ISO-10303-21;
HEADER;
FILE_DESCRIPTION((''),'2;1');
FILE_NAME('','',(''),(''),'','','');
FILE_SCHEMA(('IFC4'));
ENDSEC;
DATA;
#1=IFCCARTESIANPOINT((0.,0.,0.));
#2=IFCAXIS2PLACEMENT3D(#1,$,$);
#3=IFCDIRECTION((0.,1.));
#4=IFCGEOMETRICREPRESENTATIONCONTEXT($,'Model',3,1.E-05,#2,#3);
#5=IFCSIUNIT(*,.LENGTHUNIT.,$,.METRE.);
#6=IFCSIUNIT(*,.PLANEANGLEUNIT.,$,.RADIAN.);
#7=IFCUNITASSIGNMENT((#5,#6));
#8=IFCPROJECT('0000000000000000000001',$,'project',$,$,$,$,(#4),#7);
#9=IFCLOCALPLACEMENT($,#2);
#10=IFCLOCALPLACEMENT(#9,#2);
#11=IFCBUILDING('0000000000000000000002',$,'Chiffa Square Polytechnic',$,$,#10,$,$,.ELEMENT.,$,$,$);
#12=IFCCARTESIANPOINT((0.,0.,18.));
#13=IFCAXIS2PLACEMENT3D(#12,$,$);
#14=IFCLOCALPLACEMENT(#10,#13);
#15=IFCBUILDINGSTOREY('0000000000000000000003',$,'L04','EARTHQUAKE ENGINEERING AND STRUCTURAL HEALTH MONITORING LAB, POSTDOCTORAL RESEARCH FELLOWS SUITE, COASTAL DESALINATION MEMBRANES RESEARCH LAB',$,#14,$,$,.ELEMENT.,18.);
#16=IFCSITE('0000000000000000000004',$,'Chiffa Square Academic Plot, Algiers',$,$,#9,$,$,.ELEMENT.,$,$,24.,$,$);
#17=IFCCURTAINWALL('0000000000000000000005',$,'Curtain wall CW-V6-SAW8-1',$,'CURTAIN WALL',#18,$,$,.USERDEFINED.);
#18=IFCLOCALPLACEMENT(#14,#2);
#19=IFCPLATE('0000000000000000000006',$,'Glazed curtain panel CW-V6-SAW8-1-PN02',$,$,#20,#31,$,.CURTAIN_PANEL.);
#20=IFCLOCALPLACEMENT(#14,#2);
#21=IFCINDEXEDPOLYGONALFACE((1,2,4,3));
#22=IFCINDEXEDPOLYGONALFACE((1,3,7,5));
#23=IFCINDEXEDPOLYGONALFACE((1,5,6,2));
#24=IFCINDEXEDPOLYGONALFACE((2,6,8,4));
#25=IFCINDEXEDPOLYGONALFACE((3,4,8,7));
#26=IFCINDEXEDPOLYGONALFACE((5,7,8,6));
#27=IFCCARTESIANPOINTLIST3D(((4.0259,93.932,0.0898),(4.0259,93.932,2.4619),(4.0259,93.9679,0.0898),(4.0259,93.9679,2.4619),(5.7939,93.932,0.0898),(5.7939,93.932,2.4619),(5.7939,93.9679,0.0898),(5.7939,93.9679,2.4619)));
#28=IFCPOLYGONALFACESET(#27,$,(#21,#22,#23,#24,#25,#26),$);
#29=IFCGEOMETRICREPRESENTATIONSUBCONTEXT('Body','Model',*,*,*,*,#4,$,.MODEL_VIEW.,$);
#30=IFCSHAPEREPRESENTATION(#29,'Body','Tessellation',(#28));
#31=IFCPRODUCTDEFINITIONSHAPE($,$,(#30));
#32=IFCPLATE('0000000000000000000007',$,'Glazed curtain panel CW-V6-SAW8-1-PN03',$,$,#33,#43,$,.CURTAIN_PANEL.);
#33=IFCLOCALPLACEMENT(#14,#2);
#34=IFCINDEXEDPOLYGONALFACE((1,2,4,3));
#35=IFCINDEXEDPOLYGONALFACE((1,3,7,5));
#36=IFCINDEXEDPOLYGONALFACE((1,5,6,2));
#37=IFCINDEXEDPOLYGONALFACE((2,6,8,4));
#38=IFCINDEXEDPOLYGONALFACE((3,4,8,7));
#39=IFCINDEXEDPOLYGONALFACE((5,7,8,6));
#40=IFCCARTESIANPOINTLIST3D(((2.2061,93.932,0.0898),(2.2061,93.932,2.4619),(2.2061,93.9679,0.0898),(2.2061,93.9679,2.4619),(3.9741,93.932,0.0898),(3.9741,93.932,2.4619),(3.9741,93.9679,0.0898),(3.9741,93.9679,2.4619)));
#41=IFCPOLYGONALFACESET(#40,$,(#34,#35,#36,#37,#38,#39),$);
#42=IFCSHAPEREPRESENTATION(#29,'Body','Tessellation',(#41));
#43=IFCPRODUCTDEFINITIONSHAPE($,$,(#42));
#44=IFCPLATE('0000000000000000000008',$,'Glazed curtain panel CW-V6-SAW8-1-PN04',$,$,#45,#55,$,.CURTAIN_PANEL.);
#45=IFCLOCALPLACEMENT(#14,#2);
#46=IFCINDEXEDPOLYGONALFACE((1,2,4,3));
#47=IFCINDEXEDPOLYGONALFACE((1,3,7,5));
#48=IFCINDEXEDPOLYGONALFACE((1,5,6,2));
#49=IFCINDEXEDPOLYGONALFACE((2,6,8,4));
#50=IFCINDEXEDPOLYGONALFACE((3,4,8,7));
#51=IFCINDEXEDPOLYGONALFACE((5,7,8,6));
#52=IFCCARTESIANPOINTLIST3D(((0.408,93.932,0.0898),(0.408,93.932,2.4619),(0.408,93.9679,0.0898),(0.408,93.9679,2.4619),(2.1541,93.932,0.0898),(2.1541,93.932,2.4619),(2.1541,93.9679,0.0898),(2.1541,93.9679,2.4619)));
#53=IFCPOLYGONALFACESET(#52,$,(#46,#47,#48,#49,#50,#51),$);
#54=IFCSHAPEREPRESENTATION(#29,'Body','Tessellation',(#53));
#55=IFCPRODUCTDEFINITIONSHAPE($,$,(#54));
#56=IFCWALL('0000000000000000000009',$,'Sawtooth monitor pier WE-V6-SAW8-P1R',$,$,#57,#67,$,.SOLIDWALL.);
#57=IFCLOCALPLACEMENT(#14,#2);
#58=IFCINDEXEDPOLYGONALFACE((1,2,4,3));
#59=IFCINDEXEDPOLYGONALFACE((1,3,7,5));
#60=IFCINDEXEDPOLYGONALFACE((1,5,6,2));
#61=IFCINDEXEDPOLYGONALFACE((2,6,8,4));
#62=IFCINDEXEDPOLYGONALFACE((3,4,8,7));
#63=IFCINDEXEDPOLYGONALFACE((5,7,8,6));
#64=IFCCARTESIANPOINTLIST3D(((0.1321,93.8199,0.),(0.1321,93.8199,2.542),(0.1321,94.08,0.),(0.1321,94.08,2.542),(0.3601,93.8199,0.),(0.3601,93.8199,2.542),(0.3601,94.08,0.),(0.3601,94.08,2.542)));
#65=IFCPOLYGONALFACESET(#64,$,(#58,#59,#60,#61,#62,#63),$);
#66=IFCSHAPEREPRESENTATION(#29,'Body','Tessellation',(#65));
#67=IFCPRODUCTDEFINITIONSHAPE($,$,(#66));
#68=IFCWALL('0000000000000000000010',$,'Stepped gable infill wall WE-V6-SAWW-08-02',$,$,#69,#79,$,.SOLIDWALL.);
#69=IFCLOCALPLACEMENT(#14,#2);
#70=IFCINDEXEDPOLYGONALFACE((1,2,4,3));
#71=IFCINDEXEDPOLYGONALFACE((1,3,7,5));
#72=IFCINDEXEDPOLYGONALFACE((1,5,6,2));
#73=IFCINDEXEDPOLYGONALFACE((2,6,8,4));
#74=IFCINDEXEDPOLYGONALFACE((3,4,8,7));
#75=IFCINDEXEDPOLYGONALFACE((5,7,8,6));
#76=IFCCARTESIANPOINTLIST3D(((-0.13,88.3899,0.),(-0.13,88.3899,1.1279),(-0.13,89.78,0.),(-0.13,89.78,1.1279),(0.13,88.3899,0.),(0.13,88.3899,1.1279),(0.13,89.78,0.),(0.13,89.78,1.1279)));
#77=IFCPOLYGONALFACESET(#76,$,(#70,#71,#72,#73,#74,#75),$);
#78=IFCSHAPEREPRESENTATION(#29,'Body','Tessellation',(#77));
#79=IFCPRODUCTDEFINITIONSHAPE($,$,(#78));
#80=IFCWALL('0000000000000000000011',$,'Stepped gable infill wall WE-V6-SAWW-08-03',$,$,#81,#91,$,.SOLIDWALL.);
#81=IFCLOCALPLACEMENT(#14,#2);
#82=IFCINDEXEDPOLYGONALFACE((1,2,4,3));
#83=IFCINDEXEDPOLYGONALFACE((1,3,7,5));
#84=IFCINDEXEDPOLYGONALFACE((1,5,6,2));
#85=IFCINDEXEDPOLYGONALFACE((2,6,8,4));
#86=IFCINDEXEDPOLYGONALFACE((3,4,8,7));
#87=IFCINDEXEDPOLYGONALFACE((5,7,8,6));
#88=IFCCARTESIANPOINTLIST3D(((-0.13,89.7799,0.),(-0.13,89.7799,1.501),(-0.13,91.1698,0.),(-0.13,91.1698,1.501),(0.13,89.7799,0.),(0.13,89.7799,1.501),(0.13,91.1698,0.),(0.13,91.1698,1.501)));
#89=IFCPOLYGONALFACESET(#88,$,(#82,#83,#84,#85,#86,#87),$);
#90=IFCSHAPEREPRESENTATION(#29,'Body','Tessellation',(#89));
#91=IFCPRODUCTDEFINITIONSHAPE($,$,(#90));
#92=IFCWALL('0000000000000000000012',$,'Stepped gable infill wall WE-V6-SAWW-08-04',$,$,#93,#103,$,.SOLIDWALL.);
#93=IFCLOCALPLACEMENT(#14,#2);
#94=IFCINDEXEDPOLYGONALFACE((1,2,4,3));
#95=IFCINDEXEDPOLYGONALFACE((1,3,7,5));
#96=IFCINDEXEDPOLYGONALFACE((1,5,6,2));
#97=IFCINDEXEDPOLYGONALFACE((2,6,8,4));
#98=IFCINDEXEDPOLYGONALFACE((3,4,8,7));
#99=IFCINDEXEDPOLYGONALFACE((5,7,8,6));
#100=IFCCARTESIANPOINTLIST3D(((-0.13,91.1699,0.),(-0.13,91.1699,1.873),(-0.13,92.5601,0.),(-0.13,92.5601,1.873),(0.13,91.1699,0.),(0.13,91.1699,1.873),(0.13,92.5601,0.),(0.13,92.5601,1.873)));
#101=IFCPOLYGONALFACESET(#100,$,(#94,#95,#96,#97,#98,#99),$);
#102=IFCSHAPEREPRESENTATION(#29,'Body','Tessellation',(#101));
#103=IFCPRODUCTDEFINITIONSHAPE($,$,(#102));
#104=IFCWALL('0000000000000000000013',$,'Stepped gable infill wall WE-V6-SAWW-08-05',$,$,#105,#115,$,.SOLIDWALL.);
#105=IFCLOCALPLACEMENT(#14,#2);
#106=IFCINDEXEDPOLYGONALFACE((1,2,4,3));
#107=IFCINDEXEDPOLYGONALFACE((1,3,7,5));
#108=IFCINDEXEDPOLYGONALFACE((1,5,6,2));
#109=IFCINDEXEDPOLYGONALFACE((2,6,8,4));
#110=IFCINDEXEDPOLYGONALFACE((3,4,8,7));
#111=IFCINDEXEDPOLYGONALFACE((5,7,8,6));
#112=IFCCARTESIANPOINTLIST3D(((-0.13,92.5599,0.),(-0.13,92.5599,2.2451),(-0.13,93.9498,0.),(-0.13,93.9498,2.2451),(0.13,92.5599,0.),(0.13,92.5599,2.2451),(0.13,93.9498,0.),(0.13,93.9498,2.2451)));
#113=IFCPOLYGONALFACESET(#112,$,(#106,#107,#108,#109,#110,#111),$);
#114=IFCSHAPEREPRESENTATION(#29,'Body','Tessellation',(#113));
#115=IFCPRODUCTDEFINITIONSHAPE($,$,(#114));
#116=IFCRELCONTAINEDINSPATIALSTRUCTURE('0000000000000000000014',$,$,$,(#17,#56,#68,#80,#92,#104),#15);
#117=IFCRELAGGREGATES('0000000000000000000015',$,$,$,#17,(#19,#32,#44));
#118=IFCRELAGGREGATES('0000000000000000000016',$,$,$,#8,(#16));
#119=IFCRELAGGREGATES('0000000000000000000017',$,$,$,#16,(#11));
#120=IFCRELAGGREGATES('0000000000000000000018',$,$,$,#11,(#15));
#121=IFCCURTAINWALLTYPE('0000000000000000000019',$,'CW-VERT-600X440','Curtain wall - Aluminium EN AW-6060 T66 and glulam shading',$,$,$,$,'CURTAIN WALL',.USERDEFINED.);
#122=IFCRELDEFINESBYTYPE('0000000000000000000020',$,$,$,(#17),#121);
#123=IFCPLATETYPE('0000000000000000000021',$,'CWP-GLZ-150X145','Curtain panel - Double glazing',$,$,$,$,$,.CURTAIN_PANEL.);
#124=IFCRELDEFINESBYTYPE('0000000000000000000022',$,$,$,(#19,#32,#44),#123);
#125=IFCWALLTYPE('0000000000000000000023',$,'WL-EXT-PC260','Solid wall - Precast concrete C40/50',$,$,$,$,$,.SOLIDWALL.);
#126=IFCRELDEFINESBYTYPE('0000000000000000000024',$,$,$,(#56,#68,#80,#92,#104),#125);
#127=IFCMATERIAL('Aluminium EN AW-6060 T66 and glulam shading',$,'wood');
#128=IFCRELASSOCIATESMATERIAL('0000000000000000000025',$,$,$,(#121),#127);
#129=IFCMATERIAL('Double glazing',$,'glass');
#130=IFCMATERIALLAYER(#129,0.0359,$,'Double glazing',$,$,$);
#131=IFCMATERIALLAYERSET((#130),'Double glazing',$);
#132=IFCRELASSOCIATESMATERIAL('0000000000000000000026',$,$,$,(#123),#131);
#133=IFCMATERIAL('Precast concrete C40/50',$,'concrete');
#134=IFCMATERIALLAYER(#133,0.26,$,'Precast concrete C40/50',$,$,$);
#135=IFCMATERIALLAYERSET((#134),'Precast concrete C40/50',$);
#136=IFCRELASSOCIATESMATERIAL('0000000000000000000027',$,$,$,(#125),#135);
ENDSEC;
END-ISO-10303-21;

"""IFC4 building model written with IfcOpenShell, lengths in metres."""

from ifc_helpers import new_model, si_unit, direction, frame, frame_2d, origin, origin_2d, place, context, subcontext, project, spatial, rectangle, extrude, material, layer, layer_set, type_object, element, aggregate, save


model = new_model("IFC4")

# Units and contexts
model_context = context("Model", 3, precision=1e-05, world=origin(), true_north=direction((0.0, 1.0)))
body_context = subcontext(model_context, "Body", "Model", "MODEL_VIEW")
ifc_project = project(units=[si_unit("LENGTHUNIT", "METRE"), si_unit("PLANEANGLEUNIT", "RADIAN")], contexts=[model_context])

# Site, building, storey
site_placement = place(None, origin())
site = spatial("IfcSite", under=ifc_project, at=site_placement, Name="Chiffa Square Academic Plot, Algiers", CompositionType="ELEMENT", RefElevation=24.0)
building_placement = place(site_placement, origin())
building = spatial("IfcBuilding", under=site, at=building_placement, Name="Chiffa Square Polytechnic", CompositionType="ELEMENT")
storey_placement = place(building_placement, frame((0.0, 0.0, 18.0)))
storey = spatial("IfcBuildingStorey", under=building, at=storey_placement, Name="L04", Description="EARTHQUAKE ENGINEERING AND STRUCTURAL HEALTH MONITORING LAB, POSTDOCTORAL RESEARCH FELLOWS SUITE, COASTAL DESALINATION MEMBRANES RESEARCH LAB", CompositionType="ELEMENT", Elevation=18.0)

# Curtain wall
ifc_material_1 = material(Name="Aluminium EN AW-6060 T66 and glulam shading", Category="wood")
curtain_wall_type_1 = type_object("IfcCurtainWallType", Name="CW-VERT-600X440", Description="Curtain wall - Aluminium EN AW-6060 T66 and glulam shading", ElementType="CURTAIN WALL", PredefinedType="USERDEFINED", material=ifc_material_1)
curtain_wall_1_placement = place(storey_placement, origin())
curtain_wall_1 = element("IfcCurtainWall", 1, at=curtain_wall_1_placement, inside=storey, type_object=curtain_wall_type_1, Name="Curtain wall CW-V6-SAW8-1", ObjectType="CURTAIN WALL", PredefinedType="USERDEFINED")

# Plates
ifc_material_2 = material(Name="Double glazing", Category="glass")
ifc_layer_1 = layer(ifc_material_2, 0.0359, Name="Double glazing")
ifc_layer_set_1 = layer_set([ifc_layer_1], Name="Double glazing")
plate_type = type_object("IfcPlateType", Name="CWP-GLZ-150X145", Description="Curtain panel - Double glazing", PredefinedType="CURTAIN_PANEL", material=ifc_layer_set_1)
plate_1_placement = place(storey_placement, frame((4.9099, 93.95, 0.0898), z_axis=(0.0, 0.0, 1.0), x_axis=(-1.0, 0.0, 0.0)))
plate_1 = element("IfcPlate", 2, at=plate_1_placement, type_object=plate_type, Name="Glazed curtain panel CW-V6-SAW8-1-PN02", PredefinedType="CURTAIN_PANEL", context=body_context, shape_type="SweptSolid", body=[
    extrude(rectangle(XDim=1.7681, YDim=0.0359, at=origin_2d()), origin(), (0.0, 0.0, 1.0), 2.3721),
])
plate_2_placement = place(storey_placement, frame((3.0901, 93.95, 0.0898), z_axis=(0.0, 0.0, 1.0), x_axis=(-1.0, 0.0, 0.0)))
plate_2 = element("IfcPlate", 3, at=plate_2_placement, type_object=plate_type, Name="Glazed curtain panel CW-V6-SAW8-1-PN03", PredefinedType="CURTAIN_PANEL", context=body_context, shape_type="SweptSolid", body=[
    extrude(rectangle(XDim=1.7681, YDim=0.0359, at=origin_2d()), origin(), (0.0, 0.0, 1.0), 2.3721),
])
plate_3_placement = place(storey_placement, frame((1.281, 93.95, 0.0898), z_axis=(0.0, 0.0, 1.0), x_axis=(-1.0, 0.0, 0.0)))
plate_3 = element("IfcPlate", 4, at=plate_3_placement, type_object=plate_type, Name="Glazed curtain panel CW-V6-SAW8-1-PN04", PredefinedType="CURTAIN_PANEL", context=body_context, shape_type="SweptSolid", body=[
    extrude(rectangle(XDim=1.7461, YDim=0.0359, at=origin_2d()), origin(), (0.0, 0.0, 1.0), 2.3721),
])
aggregate(curtain_wall_1, [plate_1, plate_2, plate_3])

# Walls
ifc_material_3 = material(Name="Precast concrete C40/50", Category="concrete")
ifc_layer_2 = layer(ifc_material_3, 0.26, Name="Precast concrete C40/50")
ifc_layer_set_2 = layer_set([ifc_layer_2], Name="Precast concrete C40/50")
wall_type = type_object("IfcWallType", Name="WL-EXT-PC260", Description="Solid wall - Precast concrete C40/50", PredefinedType="SOLIDWALL", material=ifc_layer_set_2)
wall_1_placement = place(storey_placement, frame((0.3601, 93.95, 0.0), z_axis=(0.0, 0.0, 1.0), x_axis=(-1.0, 0.0, 0.0)))
element("IfcWall", 5, at=wall_1_placement, inside=storey, type_object=wall_type, Name="Sawtooth monitor pier WE-V6-SAW8-P1R", PredefinedType="SOLIDWALL", context=body_context, shape_type="SweptSolid", body=[
    extrude(rectangle(XDim=0.228, YDim=0.26, at=frame_2d((0.114, 0.0))), origin(), (0.0, 0.0, 1.0), 2.542),
])
wall_2_placement = place(storey_placement, frame((0.0, 88.3899, 0.0), z_axis=(0.0, 0.0, 1.0), x_axis=(0.0, 1.0, 0.0)))
element("IfcWall", 6, at=wall_2_placement, inside=storey, type_object=wall_type, Name="Stepped gable infill wall WE-V6-SAWW-08-02", PredefinedType="SOLIDWALL", context=body_context, shape_type="SweptSolid", body=[
    extrude(rectangle(XDim=1.3901, YDim=0.26, at=frame_2d((0.6951, 0.0))), origin(), (0.0, 0.0, 1.0), 1.1279),
])
wall_3_placement = place(storey_placement, frame((0.0, 89.78, 0.0), z_axis=(0.0, 0.0, 1.0), x_axis=(0.0, 1.0, 0.0)))
element("IfcWall", 7, at=wall_3_placement, inside=storey, type_object=wall_type, Name="Stepped gable infill wall WE-V6-SAWW-08-03", PredefinedType="SOLIDWALL", context=body_context, shape_type="SweptSolid", body=[
    extrude(rectangle(XDim=1.3899, YDim=0.26, at=frame_2d((0.6948, 0.0))), origin(), (0.0, 0.0, 1.0), 1.501),
])
wall_4_placement = place(storey_placement, frame((0.0, 91.1699, 0.0), z_axis=(0.0, 0.0, 1.0), x_axis=(0.0, 1.0, 0.0)))
element("IfcWall", 8, at=wall_4_placement, inside=storey, type_object=wall_type, Name="Stepped gable infill wall WE-V6-SAWW-08-04", PredefinedType="SOLIDWALL", context=body_context, shape_type="SweptSolid", body=[
    extrude(rectangle(XDim=1.3901, YDim=0.26, at=frame_2d((0.6951, 0.0))), origin(), (0.0, 0.0, 1.0), 1.873),
])
wall_5_placement = place(storey_placement, frame((0.0, 92.5601, 0.0), z_axis=(0.0, 0.0, 1.0), x_axis=(0.0, 1.0, 0.0)))
element("IfcWall", 9, at=wall_5_placement, inside=storey, type_object=wall_type, Name="Stepped gable infill wall WE-V6-SAWW-08-05", PredefinedType="SOLIDWALL", context=body_context, shape_type="SweptSolid", body=[
    extrude(rectangle(XDim=1.3899, YDim=0.26, at=frame_2d((0.6948, 0.0))), origin(), (0.0, 0.0, 1.0), 2.2451),
])

save(model, "model.ifc")
